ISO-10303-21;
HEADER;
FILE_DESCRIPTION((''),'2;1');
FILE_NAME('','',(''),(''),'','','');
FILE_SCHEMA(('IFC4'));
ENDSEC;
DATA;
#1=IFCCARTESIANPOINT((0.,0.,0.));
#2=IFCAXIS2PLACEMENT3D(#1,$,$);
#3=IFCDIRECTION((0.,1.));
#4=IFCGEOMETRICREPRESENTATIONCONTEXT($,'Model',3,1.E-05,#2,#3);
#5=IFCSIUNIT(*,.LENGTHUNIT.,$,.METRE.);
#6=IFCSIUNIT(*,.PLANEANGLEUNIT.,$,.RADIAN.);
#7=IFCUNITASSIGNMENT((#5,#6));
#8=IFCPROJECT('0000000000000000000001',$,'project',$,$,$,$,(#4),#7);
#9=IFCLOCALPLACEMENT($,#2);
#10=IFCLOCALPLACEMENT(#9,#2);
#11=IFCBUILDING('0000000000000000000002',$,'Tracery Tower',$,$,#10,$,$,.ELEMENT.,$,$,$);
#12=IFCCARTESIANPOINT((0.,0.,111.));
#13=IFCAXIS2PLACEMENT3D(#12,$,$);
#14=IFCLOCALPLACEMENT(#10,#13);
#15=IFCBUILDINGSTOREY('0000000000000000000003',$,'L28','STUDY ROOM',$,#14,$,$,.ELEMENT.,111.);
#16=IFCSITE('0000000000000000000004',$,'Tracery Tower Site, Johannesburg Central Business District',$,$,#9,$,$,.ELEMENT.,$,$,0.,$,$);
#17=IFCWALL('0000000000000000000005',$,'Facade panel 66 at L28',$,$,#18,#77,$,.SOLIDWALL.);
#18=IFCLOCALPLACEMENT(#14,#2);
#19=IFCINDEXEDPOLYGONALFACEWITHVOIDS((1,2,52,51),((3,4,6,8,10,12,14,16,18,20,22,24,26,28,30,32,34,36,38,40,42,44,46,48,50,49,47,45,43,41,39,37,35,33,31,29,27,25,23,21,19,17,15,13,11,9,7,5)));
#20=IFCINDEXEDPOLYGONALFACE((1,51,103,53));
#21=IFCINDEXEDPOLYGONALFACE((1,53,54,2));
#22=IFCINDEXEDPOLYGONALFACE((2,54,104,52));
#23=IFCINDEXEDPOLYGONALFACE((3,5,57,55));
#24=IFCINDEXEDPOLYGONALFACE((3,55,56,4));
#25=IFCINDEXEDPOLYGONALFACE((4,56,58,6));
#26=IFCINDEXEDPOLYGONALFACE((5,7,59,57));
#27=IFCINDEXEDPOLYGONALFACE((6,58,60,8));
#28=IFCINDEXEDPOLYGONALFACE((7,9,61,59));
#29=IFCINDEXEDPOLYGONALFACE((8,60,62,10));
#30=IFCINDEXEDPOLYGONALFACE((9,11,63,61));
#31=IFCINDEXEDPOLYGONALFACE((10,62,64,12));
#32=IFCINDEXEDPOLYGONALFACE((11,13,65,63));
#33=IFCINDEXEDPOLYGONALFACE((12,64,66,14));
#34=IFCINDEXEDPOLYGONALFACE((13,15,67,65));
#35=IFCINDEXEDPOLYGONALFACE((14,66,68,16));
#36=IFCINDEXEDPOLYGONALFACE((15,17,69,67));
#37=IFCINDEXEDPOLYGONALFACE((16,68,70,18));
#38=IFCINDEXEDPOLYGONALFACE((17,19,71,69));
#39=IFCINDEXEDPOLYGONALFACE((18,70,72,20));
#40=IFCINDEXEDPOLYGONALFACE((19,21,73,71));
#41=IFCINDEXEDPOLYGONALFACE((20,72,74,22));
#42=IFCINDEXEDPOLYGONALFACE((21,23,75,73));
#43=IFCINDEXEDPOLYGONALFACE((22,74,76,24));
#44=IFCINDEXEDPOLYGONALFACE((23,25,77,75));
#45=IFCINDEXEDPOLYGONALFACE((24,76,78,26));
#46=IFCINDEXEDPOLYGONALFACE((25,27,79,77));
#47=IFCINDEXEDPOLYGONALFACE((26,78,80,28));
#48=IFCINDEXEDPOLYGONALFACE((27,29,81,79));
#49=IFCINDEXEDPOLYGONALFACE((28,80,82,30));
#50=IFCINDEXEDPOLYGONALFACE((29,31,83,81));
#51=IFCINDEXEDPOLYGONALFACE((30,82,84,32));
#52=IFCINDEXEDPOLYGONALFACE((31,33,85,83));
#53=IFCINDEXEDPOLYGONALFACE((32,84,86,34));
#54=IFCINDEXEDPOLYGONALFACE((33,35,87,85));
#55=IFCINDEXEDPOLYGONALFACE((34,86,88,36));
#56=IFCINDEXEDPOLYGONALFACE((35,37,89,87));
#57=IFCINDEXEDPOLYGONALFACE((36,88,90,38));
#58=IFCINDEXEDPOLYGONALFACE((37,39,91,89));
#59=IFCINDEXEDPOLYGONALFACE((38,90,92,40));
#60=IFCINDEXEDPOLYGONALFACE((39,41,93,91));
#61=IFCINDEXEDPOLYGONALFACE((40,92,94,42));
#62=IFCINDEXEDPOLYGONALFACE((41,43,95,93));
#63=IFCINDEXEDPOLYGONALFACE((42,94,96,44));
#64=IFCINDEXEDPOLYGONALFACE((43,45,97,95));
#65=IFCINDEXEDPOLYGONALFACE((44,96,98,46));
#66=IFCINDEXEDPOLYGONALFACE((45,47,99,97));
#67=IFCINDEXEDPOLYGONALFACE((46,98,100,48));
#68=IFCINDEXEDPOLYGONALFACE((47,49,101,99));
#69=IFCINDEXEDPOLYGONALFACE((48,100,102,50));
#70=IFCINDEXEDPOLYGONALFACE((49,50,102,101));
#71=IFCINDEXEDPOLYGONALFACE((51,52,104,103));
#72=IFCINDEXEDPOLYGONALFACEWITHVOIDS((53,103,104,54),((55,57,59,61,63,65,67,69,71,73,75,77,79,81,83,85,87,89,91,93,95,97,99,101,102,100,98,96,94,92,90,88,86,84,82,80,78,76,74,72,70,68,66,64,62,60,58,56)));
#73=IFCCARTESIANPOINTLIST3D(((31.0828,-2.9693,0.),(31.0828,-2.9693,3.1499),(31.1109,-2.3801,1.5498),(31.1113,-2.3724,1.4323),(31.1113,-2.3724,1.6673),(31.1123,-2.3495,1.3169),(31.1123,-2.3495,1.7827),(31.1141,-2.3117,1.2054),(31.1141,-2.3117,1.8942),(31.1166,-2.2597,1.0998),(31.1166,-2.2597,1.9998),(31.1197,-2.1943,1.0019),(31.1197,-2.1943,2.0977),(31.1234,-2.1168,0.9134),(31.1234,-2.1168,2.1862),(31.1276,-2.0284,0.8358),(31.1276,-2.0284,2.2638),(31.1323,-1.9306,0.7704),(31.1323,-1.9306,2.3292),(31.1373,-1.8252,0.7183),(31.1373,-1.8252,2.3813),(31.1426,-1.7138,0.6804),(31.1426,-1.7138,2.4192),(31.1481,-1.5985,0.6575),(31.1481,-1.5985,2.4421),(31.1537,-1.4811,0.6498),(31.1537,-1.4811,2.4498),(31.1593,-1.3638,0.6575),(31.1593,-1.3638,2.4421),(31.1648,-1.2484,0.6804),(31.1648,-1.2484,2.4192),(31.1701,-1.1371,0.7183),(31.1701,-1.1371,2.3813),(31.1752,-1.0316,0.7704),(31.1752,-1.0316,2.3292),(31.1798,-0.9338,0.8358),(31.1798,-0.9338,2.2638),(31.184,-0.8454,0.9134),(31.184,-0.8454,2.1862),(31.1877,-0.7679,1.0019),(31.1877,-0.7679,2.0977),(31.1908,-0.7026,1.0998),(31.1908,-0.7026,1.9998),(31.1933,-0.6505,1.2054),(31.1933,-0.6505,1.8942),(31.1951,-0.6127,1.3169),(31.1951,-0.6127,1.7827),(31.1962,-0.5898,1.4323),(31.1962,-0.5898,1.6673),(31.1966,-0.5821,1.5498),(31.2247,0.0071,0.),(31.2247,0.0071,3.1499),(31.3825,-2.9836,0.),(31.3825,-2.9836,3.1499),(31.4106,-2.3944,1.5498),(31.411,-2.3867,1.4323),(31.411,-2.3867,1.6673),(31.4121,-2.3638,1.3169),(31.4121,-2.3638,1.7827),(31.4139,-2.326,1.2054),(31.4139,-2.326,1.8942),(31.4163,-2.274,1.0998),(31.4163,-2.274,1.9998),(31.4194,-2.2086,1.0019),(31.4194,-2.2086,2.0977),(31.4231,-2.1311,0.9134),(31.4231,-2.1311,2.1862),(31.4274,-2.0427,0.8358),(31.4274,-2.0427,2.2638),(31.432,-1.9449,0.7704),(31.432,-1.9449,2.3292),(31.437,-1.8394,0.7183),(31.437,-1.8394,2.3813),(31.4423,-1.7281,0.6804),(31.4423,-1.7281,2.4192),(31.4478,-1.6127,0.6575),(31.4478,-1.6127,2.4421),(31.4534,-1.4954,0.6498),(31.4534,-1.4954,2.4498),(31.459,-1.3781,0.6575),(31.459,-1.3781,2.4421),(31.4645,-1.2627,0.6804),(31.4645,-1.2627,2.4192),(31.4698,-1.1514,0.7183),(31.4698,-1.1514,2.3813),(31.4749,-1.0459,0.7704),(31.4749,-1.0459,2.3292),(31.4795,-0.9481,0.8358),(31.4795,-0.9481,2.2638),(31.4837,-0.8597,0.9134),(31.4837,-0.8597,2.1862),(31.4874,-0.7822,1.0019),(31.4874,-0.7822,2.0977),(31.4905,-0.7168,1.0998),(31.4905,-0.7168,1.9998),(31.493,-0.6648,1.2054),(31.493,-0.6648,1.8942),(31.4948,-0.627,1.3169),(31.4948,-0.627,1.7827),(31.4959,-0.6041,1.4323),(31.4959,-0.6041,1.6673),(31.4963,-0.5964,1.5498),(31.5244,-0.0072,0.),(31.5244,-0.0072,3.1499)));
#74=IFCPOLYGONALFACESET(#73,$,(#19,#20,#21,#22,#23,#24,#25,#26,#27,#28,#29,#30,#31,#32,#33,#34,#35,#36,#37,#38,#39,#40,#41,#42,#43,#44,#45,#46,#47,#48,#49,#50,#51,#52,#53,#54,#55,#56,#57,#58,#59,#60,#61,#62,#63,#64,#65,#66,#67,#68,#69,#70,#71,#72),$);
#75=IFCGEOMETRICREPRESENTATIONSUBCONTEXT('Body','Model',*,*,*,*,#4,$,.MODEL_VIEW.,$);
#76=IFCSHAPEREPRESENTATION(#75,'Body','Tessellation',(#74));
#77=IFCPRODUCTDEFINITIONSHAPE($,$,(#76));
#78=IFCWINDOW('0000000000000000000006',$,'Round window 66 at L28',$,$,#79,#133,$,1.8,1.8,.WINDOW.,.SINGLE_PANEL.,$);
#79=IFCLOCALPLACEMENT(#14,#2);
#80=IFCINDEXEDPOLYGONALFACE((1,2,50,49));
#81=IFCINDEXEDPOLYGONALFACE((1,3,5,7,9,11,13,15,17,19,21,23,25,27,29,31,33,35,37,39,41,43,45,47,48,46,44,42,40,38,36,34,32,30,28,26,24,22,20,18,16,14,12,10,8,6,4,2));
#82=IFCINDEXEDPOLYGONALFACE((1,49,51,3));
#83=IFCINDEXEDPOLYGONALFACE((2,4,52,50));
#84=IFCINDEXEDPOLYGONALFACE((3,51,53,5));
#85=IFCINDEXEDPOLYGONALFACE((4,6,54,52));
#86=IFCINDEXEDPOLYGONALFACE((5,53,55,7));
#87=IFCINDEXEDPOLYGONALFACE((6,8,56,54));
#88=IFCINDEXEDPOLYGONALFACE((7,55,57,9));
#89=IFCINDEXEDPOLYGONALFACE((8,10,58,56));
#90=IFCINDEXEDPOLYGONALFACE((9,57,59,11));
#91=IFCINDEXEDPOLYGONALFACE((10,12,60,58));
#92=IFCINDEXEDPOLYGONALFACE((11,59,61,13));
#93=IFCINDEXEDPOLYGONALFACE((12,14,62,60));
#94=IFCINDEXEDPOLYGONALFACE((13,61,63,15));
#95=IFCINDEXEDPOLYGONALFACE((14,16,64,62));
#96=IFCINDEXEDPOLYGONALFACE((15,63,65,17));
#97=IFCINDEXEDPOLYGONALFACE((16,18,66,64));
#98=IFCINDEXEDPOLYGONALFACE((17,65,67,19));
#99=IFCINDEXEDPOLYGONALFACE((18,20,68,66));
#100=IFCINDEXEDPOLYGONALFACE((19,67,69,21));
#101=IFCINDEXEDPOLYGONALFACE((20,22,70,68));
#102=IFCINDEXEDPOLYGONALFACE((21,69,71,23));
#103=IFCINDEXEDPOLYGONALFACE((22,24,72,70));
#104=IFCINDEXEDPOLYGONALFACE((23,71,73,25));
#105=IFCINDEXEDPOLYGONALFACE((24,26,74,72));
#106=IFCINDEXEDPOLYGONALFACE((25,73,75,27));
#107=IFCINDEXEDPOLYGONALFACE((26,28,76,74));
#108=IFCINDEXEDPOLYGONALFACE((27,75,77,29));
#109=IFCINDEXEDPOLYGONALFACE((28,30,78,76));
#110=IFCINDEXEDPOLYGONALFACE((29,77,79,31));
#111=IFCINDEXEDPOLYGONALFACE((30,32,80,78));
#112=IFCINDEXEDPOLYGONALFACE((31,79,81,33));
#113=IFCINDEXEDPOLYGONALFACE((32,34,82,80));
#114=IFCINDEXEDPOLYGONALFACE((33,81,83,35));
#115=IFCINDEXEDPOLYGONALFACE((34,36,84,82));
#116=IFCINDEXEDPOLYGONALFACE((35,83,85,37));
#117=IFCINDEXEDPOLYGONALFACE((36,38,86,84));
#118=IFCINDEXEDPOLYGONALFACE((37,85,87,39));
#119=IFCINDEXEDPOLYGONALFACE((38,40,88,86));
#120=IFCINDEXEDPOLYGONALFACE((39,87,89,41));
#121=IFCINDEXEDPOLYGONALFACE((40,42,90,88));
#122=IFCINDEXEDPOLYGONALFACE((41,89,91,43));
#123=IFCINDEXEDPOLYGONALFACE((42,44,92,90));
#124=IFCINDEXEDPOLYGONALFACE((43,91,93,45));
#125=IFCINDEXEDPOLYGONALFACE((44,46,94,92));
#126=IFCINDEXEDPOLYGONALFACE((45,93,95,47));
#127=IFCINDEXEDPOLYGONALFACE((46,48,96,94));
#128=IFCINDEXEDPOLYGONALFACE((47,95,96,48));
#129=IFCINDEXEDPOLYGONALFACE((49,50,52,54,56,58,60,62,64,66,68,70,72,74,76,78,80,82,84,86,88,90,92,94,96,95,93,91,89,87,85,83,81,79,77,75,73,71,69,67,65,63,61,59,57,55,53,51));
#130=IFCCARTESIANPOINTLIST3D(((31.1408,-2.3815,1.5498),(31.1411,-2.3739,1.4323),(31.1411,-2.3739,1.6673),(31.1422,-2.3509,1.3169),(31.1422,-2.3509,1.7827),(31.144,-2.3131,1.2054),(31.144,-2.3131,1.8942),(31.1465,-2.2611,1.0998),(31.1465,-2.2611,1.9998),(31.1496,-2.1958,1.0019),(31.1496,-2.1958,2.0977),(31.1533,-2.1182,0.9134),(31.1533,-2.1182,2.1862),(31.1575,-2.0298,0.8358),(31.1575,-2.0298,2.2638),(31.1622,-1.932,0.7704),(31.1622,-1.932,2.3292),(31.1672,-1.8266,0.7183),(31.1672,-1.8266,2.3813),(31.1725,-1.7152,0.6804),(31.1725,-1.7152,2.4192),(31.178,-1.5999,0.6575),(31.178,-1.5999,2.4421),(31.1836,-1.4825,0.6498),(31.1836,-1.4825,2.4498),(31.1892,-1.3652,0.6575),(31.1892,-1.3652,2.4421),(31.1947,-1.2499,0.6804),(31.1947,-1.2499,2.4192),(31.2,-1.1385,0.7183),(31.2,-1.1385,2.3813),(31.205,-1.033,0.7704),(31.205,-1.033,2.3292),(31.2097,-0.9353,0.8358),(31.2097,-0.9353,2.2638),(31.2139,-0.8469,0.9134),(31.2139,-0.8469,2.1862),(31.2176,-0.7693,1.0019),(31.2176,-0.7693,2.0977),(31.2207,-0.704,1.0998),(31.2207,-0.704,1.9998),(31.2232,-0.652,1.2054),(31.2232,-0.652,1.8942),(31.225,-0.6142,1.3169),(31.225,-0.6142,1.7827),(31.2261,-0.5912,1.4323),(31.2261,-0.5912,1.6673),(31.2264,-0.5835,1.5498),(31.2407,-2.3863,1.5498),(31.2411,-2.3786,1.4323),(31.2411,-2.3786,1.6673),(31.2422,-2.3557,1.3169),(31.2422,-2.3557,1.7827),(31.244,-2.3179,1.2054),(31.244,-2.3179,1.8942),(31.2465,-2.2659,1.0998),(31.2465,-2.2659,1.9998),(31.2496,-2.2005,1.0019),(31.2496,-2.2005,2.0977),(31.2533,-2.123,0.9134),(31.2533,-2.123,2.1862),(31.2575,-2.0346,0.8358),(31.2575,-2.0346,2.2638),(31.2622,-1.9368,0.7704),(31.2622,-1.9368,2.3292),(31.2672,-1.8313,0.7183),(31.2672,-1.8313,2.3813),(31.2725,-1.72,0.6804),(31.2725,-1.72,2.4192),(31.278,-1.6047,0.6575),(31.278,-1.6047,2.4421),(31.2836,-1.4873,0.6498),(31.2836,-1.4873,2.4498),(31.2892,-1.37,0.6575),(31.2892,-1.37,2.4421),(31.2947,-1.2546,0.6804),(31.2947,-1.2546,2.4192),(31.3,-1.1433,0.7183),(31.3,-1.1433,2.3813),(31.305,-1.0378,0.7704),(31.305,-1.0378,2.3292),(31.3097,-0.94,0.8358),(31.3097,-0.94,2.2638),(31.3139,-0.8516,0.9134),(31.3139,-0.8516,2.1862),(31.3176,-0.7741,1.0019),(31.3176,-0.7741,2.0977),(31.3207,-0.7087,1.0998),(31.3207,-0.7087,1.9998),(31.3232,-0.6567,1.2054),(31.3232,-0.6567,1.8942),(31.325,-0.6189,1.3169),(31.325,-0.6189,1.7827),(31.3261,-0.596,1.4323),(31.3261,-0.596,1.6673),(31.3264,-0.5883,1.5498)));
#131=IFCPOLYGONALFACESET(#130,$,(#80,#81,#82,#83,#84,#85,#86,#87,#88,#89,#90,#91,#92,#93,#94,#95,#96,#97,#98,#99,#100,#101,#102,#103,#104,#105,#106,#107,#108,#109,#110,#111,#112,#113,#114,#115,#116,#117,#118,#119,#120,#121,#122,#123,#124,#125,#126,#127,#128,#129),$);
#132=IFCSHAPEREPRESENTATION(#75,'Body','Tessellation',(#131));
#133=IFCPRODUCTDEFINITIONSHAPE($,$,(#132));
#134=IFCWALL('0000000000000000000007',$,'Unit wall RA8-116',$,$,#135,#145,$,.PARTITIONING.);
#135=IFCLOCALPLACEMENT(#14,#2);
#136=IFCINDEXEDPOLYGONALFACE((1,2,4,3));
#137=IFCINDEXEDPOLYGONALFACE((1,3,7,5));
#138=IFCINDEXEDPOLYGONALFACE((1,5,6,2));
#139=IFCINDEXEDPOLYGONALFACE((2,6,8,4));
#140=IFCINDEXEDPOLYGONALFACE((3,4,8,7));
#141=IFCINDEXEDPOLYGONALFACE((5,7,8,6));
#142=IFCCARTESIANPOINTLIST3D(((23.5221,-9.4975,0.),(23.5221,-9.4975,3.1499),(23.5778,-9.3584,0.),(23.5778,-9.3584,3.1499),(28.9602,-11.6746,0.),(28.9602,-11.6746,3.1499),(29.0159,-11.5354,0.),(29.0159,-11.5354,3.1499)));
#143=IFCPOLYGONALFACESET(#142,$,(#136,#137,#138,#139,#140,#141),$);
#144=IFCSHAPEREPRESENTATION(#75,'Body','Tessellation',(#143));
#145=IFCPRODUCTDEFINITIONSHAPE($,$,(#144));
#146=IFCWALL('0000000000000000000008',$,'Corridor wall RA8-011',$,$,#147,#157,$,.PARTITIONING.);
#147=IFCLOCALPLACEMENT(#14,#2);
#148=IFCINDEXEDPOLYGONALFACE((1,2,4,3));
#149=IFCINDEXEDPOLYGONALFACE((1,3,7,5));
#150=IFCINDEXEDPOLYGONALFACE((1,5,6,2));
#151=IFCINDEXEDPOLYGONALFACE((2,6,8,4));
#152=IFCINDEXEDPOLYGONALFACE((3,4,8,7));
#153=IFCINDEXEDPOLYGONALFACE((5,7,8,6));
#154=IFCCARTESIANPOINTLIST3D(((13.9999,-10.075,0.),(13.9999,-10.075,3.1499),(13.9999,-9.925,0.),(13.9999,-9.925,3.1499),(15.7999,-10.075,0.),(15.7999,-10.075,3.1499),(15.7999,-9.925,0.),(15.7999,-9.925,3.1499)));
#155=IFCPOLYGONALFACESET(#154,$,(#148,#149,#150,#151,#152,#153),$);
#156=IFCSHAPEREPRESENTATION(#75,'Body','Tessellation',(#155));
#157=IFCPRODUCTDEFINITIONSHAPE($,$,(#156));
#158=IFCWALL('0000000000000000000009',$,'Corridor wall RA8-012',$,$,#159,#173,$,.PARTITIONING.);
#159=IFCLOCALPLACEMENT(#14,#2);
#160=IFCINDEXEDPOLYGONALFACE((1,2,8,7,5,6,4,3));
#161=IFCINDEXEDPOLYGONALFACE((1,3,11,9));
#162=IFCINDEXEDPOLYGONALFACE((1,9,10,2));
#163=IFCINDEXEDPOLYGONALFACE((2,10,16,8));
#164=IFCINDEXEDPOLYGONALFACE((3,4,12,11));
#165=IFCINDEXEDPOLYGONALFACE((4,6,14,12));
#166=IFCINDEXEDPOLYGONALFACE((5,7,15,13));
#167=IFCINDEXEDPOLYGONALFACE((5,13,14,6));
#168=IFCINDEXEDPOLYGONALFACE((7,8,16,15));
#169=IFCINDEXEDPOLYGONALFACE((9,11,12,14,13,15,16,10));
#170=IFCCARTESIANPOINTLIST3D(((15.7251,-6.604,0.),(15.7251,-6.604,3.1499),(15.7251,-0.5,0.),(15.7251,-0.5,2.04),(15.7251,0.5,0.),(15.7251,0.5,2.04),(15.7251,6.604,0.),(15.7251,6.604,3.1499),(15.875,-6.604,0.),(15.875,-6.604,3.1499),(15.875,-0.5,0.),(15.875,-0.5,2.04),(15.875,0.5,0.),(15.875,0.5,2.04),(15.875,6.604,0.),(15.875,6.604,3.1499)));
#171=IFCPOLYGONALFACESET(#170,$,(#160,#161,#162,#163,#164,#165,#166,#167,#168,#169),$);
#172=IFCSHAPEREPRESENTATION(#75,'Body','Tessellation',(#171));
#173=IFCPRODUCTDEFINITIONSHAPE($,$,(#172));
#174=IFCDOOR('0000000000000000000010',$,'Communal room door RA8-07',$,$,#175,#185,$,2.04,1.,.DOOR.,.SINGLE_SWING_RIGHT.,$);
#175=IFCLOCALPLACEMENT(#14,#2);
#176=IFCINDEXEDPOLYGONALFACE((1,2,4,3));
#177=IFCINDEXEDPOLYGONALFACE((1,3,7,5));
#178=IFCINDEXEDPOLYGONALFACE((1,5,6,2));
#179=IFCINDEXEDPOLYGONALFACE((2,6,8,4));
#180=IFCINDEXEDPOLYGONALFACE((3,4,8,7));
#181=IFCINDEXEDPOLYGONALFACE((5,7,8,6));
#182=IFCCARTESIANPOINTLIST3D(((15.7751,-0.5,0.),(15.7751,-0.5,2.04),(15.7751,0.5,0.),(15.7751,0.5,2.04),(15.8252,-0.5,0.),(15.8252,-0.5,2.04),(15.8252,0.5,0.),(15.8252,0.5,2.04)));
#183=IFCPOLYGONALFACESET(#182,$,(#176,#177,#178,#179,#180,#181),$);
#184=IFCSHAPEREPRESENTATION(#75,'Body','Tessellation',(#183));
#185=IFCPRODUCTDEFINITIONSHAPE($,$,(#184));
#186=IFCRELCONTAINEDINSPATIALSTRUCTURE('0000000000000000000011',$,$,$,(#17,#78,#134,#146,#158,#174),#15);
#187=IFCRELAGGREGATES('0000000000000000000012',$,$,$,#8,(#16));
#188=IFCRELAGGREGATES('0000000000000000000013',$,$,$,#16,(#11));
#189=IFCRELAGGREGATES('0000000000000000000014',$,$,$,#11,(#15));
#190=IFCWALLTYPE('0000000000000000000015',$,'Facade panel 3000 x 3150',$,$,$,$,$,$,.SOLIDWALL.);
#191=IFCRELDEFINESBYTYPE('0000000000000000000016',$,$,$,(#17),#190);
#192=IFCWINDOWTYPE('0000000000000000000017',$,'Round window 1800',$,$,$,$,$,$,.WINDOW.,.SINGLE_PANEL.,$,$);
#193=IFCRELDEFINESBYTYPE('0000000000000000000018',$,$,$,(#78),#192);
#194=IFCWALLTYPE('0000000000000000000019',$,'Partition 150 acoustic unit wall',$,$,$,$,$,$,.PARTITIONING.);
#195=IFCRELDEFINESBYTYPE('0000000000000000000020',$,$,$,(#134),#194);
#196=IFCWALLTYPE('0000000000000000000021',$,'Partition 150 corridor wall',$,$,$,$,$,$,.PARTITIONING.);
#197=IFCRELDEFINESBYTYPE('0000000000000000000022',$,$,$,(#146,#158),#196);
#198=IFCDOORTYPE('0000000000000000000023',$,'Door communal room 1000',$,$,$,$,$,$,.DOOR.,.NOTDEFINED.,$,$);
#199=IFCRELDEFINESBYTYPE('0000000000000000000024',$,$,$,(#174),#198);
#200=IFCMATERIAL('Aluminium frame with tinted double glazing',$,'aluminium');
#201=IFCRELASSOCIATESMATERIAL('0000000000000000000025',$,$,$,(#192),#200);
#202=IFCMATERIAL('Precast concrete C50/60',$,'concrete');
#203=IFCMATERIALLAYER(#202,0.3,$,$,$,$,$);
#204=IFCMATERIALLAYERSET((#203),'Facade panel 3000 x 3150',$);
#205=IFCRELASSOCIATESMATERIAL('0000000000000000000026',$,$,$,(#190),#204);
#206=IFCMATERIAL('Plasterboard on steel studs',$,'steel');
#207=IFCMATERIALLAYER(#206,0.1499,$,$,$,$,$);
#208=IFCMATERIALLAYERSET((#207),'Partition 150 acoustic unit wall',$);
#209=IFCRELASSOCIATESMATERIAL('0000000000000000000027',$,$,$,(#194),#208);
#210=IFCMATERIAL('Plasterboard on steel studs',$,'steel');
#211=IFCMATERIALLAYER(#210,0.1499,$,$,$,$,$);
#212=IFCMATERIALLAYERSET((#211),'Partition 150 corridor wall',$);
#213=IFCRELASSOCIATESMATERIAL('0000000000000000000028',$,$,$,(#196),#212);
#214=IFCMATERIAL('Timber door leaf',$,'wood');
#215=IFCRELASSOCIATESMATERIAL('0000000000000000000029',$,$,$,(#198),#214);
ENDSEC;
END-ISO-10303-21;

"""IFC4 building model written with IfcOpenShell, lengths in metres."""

from ifc_helpers import new_model, si_unit, direction, frame, frame_2d, origin, origin_2d, place, context, subcontext, project, spatial, rectangle, circle, extrude, material, layer, layer_set, type_object, element, fill, save


model = new_model("IFC4")

# Units and contexts
model_context = context("Model", 3, precision=1e-05, world=origin(), true_north=direction((0.0, 1.0)))
body_context = subcontext(model_context, "Body", "Model", "MODEL_VIEW")
ifc_project = project(units=[si_unit("LENGTHUNIT", "METRE"), si_unit("PLANEANGLEUNIT", "RADIAN")], contexts=[model_context])

# Site, building, storey
site_placement = place(None, origin())
site = spatial("IfcSite", under=ifc_project, at=site_placement, Name="Tracery Tower Site, Johannesburg Central Business District", CompositionType="ELEMENT", RefElevation=0.0)
building_placement = place(site_placement, origin())
building = spatial("IfcBuilding", under=site, at=building_placement, Name="Tracery Tower", CompositionType="ELEMENT")
storey_placement = place(building_placement, frame((0.0, 0.0, 111.0)))
storey = spatial("IfcBuildingStorey", under=building, at=storey_placement, Name="L28", Description="STUDY ROOM", CompositionType="ELEMENT", Elevation=111.0)

# Wall, opening, window
ifc_material_1 = material(Name="Aluminium frame with tinted double glazing", Category="aluminium")
window_type = type_object("IfcWindowType", Name="Round window 1800", PartitioningType="SINGLE_PANEL", PredefinedType="WINDOW", material=ifc_material_1)
ifc_material_2 = material(Name="Precast concrete C50/60", Category="concrete")
ifc_layer_1 = layer(ifc_material_2, 0.3)
ifc_layer_set_1 = layer_set([ifc_layer_1], Name="Facade panel 3000 x 3150")
wall_type_1 = type_object("IfcWallType", Name="Facade panel 3000 x 3150", PredefinedType="SOLIDWALL", material=ifc_layer_set_1)
wall_1_placement = place(storey_placement, frame((31.2327, -2.9763, 0.0), z_axis=(0.0, 0.0, 1.0), x_axis=(0.047604, 0.998866, 0.0)))
wall_1 = element("IfcWall", 1, at=wall_1_placement, inside=storey, type_object=wall_type_1, Name="Facade panel 66 at L28", PredefinedType="SOLIDWALL", context=body_context, shape_type="SweptSolid", body=[
    extrude(rectangle(XDim=2.9797, YDim=0.3, at=frame_2d((1.4897, 0.0))), origin(), (0.0, 0.0, 1.0), 3.1499),
])
opening_1_placement = place(wall_1_placement, frame((1.4897, 0.0, 1.5498)))
opening_1 = element("IfcOpeningElement", 2, at=opening_1_placement, cuts=wall_1, PredefinedType="OPENING", context=body_context, shape_type="SweptSolid", body=[
    extrude(circle(Radius=0.9, at=origin_2d()), frame((0.0, 0.1599, 0.0), z_axis=(0.0, -1.0, 0.0), x_axis=(1.0, 0.0, 0.0)), (0.0, 0.0, 1.0), 0.3201),
])
window_1_placement = place(opening_1_placement, origin())
window_1 = element("IfcWindow", 3, at=window_1_placement, inside=storey, type_object=window_type, Name="Round window 66 at L28", OverallHeight=1.8, OverallWidth=1.8, PartitioningType="SINGLE_PANEL", PredefinedType="WINDOW", context=body_context, shape_type="SweptSolid", body=[
    extrude(circle(Radius=0.9, at=origin_2d()), frame((0.0, 0.1201, 0.0), z_axis=(0.0, -1.0, 0.0), x_axis=(1.0, 0.0, 0.0)), (0.0, 0.0, 1.0), 0.1001),
])
fill(opening_1, window_1)

# Walls
ifc_material_3 = material(Name="Plasterboard on steel studs", Category="steel")
ifc_layer_2 = layer(ifc_material_3, 0.1499)
ifc_layer_set_2 = layer_set([ifc_layer_2], Name="Partition 150 acoustic unit wall")
wall_type_2 = type_object("IfcWallType", Name="Partition 150 acoustic unit wall", PredefinedType="PARTITIONING", material=ifc_layer_set_2)
wall_2_placement = place(storey_placement, frame((23.55, -9.428, 0.0), z_axis=(0.0, 0.0, 1.0), x_axis=(0.92837, -0.371657, 0.0)))
element("IfcWall", 4, at=wall_2_placement, inside=storey, type_object=wall_type_2, Name="Unit wall RA8-116", PredefinedType="PARTITIONING", context=body_context, shape_type="SweptSolid", body=[
    extrude(rectangle(XDim=5.8577, YDim=0.1499, at=frame_2d((2.9287, 0.0))), origin(), (0.0, 0.0, 1.0), 3.1499),
])
ifc_material_4 = material(Name="Plasterboard on steel studs", Category="steel")
ifc_layer_3 = layer(ifc_material_4, 0.1499)
ifc_layer_set_3 = layer_set([ifc_layer_3], Name="Partition 150 corridor wall")
wall_type_3 = type_object("IfcWallType", Name="Partition 150 corridor wall", PredefinedType="PARTITIONING", material=ifc_layer_set_3)
wall_3_placement = place(storey_placement, frame((14.0, -10.0, 0.0), z_axis=(0.0, 0.0, 1.0), x_axis=(1.0, 0.0, 0.0)))
element("IfcWall", 5, at=wall_3_placement, inside=storey, type_object=wall_type_3, Name="Corridor wall RA8-011", PredefinedType="PARTITIONING", context=body_context, shape_type="SweptSolid", body=[
    extrude(rectangle(XDim=1.8, YDim=0.1499, at=frame_2d((0.8999, 0.0))), origin(), (0.0, 0.0, 1.0), 3.1499),
])

# Wall, opening, door
wall_4_placement = place(storey_placement, frame((15.8, -6.604, 0.0), z_axis=(0.0, 0.0, 1.0), x_axis=(0.0, 1.0, 0.0)))
wall_4 = element("IfcWall", 6, at=wall_4_placement, inside=storey, type_object=wall_type_3, Name="Corridor wall RA8-012", PredefinedType="PARTITIONING", context=body_context, shape_type="SweptSolid", body=[
    extrude(rectangle(XDim=13.208, YDim=0.1499, at=frame_2d((6.604, 0.0))), origin(), (0.0, 0.0, 1.0), 3.1499),
])
opening_2_placement = place(wall_4_placement, frame((6.104, 0.0, 0.0)))
opening_2 = element("IfcOpeningElement", 7, at=opening_2_placement, cuts=wall_4, PredefinedType="OPENING", context=body_context, shape_type="SweptSolid", body=[
    extrude(rectangle(XDim=1.0, YDim=2.04, at=frame_2d((0.5, 1.02))), frame((0.0, 0.075, 0.0), z_axis=(0.0, -1.0, 0.0), x_axis=(1.0, 0.0, 0.0)), (0.0, 0.0, 1.0), 0.1499),
])
ifc_material_5 = material(Name="Timber door leaf", Category="wood")
door_type_1 = type_object("IfcDoorType", Name="Door communal room 1000", OperationType="NOTDEFINED", PredefinedType="DOOR", material=ifc_material_5)
door_1_placement = place(opening_2_placement, origin())
door_1 = element("IfcDoor", 8, at=door_1_placement, inside=storey, type_object=door_type_1, Name="Communal room door RA8-07", OperationType="SINGLE_SWING_RIGHT", OverallHeight=2.04, OverallWidth=1.0, PredefinedType="DOOR", context=body_context, shape_type="SweptSolid", body=[
    extrude(rectangle(XDim=1.0, YDim=2.04, at=frame_2d((0.5, 1.02))), frame((0.0, 0.0249, 0.0), z_axis=(0.0, -1.0, 0.0), x_axis=(1.0, 0.0, 0.0)), (0.0, 0.0, 1.0), 0.05),
])
fill(opening_2, door_1)

save(model, "model.ifc")
